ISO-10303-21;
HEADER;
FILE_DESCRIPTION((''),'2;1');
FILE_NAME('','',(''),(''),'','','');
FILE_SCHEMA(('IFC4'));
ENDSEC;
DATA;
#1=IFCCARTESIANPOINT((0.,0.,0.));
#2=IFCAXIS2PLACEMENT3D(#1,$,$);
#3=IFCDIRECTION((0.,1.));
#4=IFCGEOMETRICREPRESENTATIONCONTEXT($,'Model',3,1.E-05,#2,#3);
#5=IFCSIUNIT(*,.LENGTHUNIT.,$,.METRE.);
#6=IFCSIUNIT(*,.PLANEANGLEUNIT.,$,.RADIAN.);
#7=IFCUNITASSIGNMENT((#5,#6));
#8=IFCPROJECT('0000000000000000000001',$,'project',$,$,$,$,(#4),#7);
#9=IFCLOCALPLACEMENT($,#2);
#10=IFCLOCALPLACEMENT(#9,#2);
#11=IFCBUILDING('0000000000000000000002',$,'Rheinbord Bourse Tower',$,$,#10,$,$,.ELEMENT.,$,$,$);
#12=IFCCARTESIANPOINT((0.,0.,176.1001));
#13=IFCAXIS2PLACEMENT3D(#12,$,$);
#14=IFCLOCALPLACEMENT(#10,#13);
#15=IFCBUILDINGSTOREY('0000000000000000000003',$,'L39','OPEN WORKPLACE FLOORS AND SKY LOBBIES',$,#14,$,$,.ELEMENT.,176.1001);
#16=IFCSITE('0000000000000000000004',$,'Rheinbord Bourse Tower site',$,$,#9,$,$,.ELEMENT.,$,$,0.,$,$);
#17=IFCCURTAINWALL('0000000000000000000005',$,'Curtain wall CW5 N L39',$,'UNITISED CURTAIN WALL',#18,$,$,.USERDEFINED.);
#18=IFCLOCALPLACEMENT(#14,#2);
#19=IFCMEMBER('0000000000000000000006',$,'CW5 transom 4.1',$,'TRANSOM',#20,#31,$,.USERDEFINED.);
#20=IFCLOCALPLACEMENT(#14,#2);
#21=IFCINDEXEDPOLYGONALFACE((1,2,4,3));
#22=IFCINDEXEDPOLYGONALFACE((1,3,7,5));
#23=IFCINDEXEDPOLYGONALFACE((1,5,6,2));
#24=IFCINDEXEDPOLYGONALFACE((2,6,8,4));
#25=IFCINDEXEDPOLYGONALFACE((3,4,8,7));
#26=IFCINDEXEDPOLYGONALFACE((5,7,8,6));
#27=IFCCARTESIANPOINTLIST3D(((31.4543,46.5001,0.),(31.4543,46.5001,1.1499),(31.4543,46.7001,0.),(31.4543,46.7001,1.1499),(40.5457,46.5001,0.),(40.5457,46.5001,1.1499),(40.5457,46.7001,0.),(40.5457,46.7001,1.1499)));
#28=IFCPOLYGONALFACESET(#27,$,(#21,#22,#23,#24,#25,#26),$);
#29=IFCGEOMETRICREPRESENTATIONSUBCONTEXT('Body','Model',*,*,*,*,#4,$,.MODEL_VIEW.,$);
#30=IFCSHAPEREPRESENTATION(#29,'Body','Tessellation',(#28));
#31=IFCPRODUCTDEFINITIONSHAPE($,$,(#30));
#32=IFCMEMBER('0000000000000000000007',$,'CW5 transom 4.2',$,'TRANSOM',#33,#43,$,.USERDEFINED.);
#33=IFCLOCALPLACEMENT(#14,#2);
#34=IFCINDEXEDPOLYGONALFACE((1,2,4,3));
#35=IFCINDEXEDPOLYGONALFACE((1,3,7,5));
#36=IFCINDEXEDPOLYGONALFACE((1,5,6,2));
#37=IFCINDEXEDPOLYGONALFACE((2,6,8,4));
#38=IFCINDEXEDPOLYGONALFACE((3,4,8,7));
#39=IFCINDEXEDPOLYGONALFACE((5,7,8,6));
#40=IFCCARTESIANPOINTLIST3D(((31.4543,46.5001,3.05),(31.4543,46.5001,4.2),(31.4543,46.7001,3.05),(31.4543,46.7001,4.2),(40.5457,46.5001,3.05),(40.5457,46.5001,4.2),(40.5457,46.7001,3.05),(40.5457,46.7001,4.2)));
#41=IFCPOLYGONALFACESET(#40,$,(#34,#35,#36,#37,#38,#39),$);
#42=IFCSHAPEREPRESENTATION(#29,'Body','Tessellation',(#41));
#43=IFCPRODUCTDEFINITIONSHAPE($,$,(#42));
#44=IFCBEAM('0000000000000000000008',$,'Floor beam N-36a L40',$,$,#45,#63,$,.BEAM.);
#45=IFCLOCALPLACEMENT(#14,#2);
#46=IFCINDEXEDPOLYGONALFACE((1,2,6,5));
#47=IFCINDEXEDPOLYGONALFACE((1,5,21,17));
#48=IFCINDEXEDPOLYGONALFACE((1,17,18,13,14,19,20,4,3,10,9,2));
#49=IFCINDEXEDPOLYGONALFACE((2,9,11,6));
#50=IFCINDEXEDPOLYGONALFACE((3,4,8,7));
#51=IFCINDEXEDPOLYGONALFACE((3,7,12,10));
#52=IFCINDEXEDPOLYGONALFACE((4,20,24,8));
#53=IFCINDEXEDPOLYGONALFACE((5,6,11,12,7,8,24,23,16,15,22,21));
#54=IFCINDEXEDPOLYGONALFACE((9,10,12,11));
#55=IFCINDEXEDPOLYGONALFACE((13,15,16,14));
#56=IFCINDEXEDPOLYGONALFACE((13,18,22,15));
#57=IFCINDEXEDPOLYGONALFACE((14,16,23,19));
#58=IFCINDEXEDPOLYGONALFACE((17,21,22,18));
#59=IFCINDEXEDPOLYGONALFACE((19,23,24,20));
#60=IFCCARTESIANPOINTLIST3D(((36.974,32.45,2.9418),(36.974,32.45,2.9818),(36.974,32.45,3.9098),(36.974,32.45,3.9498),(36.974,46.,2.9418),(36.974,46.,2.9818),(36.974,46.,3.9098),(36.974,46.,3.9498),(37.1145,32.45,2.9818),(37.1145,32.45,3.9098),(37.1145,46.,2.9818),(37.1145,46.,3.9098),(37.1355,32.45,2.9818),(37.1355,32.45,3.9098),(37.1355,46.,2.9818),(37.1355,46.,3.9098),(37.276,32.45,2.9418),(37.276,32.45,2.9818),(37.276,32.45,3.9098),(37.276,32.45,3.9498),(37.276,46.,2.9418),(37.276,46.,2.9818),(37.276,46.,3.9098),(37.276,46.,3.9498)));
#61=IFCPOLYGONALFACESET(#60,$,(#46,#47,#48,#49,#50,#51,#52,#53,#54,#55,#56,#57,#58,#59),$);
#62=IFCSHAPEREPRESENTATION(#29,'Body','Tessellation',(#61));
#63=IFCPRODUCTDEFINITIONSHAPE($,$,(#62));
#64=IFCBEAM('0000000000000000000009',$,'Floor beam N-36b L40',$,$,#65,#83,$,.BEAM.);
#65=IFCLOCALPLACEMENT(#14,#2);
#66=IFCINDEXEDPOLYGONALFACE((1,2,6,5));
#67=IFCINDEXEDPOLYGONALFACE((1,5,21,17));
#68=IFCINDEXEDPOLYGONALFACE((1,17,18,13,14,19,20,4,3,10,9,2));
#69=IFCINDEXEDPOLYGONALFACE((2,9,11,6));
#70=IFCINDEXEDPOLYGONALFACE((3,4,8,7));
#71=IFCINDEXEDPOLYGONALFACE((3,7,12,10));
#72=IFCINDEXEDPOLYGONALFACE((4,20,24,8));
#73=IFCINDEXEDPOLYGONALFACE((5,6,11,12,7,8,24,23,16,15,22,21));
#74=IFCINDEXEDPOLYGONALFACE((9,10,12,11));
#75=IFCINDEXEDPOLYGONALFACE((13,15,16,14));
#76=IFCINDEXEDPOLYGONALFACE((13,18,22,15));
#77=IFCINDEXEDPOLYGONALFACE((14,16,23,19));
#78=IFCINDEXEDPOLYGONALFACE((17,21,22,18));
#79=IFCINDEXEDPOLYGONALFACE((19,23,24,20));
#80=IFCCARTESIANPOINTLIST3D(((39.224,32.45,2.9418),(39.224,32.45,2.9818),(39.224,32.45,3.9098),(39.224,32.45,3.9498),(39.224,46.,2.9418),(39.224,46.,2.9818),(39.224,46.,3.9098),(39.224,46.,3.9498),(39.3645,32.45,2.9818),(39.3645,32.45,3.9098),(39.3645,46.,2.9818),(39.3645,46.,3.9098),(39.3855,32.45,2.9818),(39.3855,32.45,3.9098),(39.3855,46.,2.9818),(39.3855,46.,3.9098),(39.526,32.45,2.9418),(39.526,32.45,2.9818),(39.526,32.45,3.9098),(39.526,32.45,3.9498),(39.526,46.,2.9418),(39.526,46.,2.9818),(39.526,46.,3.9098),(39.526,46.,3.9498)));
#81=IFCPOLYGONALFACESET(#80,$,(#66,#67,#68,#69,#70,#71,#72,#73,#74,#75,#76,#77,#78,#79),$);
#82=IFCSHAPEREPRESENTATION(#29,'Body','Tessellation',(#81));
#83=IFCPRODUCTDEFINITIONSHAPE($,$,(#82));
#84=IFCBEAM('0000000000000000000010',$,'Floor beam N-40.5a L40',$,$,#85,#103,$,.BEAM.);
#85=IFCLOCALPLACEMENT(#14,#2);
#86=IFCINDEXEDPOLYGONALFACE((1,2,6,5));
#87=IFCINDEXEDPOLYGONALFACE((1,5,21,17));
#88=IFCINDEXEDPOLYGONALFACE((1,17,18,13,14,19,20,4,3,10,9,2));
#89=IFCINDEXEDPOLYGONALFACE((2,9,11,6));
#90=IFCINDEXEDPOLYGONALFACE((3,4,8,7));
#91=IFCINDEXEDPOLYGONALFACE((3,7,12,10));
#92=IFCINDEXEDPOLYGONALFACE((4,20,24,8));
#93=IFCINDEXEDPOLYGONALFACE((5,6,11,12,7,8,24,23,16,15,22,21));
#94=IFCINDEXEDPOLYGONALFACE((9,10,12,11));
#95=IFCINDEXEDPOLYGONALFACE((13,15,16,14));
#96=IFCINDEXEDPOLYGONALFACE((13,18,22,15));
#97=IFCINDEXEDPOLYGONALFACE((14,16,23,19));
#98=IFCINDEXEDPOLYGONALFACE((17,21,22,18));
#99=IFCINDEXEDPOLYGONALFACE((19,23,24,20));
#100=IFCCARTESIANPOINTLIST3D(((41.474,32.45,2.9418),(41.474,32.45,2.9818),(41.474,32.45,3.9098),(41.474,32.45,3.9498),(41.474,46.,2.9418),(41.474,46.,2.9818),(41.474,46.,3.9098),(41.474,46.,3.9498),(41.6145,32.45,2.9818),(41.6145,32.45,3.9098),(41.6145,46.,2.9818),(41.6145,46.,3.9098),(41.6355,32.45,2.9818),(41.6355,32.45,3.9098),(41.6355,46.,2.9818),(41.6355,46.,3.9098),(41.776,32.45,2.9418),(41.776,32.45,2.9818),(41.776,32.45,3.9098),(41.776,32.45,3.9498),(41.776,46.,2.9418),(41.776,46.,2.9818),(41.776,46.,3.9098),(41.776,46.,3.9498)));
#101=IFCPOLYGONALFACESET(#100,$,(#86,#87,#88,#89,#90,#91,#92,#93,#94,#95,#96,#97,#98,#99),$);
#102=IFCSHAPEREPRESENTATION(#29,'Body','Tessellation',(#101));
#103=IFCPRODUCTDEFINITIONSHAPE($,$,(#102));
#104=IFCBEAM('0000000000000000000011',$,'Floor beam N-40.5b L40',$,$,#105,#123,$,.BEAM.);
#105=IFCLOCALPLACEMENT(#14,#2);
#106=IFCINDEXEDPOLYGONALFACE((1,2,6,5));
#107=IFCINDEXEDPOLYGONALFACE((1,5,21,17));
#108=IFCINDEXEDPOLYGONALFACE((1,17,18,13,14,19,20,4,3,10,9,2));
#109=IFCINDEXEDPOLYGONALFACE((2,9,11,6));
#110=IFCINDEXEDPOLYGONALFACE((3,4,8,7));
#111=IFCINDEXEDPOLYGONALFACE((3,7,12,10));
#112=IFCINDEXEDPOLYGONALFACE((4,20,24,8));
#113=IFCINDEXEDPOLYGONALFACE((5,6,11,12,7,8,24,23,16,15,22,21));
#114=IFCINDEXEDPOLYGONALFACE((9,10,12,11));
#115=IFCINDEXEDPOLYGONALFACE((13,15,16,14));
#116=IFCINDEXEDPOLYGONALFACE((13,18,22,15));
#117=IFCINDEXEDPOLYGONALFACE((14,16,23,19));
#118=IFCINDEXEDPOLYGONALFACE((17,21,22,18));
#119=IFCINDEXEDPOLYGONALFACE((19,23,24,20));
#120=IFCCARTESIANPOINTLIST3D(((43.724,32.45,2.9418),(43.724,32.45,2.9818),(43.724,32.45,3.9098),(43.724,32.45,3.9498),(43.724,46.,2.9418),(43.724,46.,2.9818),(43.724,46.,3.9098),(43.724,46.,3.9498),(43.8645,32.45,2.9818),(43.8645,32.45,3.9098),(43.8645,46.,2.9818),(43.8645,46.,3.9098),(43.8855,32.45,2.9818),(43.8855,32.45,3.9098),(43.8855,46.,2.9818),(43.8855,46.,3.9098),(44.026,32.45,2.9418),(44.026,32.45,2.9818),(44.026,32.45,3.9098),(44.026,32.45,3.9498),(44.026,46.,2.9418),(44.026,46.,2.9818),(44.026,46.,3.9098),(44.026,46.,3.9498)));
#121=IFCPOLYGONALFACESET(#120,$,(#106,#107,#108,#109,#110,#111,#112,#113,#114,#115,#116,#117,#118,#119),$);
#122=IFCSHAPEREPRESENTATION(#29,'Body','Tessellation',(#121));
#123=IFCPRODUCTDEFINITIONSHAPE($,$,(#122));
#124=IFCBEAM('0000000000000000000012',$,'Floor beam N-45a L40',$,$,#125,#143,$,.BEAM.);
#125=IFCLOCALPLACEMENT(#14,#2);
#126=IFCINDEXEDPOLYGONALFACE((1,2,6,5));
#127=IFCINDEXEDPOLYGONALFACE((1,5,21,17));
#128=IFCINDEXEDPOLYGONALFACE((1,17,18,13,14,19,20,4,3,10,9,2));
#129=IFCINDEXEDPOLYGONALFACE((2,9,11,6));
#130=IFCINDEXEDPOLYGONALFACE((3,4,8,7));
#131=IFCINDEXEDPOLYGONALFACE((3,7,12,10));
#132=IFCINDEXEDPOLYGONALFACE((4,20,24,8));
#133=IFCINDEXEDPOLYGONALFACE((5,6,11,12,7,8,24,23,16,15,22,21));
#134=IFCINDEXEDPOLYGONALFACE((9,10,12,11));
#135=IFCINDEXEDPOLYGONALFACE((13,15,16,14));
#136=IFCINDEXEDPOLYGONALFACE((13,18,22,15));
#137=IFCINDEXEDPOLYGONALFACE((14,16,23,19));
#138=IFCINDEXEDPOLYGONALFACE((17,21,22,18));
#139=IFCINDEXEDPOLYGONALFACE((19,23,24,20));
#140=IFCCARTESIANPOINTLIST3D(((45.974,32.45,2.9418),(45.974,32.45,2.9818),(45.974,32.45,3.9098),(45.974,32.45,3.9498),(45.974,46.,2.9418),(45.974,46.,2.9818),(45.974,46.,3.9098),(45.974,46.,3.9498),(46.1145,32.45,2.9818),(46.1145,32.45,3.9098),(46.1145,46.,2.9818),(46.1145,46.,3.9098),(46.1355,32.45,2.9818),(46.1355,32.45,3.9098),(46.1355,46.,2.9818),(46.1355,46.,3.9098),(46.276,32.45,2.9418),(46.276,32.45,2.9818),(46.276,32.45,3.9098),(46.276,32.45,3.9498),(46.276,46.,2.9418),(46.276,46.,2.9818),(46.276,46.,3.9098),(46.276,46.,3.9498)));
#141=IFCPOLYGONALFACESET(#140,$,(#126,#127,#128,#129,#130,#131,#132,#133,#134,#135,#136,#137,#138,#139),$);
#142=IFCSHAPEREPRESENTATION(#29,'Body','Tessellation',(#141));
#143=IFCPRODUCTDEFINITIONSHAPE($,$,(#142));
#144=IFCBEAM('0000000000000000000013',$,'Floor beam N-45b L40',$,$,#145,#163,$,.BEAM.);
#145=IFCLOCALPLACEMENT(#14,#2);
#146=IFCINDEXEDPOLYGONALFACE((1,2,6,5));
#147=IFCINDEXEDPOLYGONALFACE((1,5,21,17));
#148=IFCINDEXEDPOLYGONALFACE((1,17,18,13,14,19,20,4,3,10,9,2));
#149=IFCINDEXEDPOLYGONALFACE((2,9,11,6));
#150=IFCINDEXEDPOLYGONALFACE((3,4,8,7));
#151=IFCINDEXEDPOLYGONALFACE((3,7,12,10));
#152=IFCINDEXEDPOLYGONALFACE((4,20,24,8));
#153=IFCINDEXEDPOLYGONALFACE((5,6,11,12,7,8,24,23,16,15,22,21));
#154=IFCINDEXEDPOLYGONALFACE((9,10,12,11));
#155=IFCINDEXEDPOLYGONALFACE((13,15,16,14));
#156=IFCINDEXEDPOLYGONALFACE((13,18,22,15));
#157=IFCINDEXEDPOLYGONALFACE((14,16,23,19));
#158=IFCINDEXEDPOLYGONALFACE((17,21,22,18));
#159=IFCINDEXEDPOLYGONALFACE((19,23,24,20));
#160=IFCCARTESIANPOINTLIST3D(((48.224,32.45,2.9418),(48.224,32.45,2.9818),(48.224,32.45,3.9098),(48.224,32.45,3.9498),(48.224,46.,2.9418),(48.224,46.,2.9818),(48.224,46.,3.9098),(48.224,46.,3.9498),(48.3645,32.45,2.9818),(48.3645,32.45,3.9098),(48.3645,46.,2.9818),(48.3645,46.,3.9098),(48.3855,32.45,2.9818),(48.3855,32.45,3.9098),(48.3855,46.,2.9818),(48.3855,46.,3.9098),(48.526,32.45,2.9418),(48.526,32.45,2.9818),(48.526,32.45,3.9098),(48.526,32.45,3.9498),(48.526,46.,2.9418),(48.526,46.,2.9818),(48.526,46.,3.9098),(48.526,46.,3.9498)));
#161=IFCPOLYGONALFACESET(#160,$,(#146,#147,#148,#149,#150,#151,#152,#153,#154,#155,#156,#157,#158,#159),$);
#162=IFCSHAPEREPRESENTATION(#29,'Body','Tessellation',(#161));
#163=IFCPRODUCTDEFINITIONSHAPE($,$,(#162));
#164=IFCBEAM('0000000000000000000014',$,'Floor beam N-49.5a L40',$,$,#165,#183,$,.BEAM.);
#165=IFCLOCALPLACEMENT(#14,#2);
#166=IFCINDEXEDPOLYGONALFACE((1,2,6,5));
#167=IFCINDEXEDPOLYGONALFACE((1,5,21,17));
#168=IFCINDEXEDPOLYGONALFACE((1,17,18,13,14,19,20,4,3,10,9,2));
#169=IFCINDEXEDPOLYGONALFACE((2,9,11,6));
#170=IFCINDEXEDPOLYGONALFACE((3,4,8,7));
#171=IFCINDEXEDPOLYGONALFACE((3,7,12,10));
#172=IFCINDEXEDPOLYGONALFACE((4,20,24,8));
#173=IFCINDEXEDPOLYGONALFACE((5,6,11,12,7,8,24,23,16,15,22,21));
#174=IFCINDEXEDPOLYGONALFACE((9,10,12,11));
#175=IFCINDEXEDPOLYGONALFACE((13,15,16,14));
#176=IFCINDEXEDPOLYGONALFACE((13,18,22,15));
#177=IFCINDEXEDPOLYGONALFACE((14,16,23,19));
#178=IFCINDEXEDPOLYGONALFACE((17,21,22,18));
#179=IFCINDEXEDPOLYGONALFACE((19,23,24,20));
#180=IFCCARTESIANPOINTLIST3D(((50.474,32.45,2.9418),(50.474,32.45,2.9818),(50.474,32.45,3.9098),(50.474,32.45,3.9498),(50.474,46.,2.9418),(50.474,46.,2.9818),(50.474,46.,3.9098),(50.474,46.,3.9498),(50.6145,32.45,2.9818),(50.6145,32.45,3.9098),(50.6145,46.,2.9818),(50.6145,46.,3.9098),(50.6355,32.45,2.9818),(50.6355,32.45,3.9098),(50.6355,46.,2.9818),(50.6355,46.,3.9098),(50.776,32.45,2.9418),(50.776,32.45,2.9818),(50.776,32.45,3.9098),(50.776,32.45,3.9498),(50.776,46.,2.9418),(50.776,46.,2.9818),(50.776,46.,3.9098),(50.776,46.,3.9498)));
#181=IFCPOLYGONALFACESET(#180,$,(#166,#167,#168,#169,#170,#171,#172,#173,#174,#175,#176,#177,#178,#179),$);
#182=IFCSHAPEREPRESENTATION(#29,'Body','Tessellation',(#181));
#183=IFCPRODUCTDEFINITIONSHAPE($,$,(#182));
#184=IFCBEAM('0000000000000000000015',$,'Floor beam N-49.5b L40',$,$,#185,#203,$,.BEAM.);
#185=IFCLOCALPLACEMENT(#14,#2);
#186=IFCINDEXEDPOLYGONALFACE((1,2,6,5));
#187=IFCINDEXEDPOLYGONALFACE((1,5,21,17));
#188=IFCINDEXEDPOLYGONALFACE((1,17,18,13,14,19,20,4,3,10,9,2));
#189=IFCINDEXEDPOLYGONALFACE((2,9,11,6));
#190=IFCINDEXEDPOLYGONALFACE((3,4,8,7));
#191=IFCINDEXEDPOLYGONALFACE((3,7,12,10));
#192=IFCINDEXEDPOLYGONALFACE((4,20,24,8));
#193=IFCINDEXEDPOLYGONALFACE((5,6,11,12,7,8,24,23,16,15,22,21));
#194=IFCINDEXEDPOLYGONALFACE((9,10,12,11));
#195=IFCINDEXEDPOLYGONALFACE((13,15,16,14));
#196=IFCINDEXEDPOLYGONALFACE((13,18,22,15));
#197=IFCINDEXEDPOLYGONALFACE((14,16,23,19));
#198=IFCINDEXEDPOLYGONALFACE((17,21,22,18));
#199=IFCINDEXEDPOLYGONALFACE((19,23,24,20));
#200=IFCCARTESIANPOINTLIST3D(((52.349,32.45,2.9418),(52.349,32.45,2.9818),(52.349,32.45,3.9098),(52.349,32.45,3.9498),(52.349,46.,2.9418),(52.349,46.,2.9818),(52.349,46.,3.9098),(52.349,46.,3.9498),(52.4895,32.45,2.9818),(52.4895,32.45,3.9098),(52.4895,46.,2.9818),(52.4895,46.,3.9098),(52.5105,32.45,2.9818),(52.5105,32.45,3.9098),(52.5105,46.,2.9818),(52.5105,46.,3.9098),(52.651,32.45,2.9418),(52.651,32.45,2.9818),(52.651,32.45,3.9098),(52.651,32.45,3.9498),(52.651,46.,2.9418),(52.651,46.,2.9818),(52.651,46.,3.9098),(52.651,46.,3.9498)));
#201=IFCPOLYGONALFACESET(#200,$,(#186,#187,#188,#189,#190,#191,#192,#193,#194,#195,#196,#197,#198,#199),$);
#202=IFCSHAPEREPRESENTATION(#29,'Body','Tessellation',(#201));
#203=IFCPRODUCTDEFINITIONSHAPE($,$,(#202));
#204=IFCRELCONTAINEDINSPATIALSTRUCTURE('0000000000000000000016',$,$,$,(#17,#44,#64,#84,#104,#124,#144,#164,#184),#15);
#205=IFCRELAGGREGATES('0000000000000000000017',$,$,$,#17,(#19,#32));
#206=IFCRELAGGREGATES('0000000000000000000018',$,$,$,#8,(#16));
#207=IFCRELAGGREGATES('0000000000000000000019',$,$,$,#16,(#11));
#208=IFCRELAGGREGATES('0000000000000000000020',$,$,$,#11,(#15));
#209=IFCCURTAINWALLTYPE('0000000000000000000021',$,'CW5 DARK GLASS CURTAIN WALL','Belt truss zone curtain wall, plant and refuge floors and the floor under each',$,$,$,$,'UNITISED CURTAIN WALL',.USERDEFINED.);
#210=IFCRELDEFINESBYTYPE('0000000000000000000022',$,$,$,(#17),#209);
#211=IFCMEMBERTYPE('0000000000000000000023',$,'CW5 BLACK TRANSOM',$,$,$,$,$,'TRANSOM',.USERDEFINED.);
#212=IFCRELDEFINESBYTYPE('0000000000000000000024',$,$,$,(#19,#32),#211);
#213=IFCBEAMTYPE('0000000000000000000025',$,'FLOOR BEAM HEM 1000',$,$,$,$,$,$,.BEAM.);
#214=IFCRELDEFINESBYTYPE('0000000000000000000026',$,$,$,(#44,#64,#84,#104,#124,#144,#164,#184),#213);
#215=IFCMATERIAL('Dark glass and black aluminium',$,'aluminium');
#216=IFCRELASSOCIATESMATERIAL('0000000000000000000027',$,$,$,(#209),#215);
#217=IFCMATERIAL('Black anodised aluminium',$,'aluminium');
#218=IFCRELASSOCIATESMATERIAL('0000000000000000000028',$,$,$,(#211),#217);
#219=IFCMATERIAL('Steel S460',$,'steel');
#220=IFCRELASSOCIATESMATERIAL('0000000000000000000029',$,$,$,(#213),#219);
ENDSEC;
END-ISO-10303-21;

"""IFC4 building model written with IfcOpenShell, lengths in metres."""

from ifc_helpers import new_model, si_unit, direction, frame, origin, origin_2d, place, context, subcontext, project, spatial, rectangle, i_section, extrude, material, material_profile, profile_set, type_object, element, aggregate, save


model = new_model("IFC4")

# Units and contexts
model_context = context("Model", 3, precision=1e-05, world=origin(), true_north=direction((0.0, 1.0)))
body_context = subcontext(model_context, "Body", "Model", "MODEL_VIEW")
ifc_project = project(units=[si_unit("LENGTHUNIT", "METRE"), si_unit("PLANEANGLEUNIT", "RADIAN")], contexts=[model_context])

# Site, building, storey
site_placement = place(None, origin())
site = spatial("IfcSite", under=ifc_project, at=site_placement, Name="Rheinbord Bourse Tower site", CompositionType="ELEMENT", RefElevation=0.0)
building_placement = place(site_placement, origin())
building = spatial("IfcBuilding", under=site, at=building_placement, Name="Rheinbord Bourse Tower", CompositionType="ELEMENT")
storey_placement = place(building_placement, frame((0.0, 0.0, 176.1001)))
storey = spatial("IfcBuildingStorey", under=building, at=storey_placement, Name="L39", Description="OPEN WORKPLACE FLOORS AND SKY LOBBIES", CompositionType="ELEMENT", Elevation=176.1001)

# Curtain wall, members
ifc_material_1 = material(Name="Dark glass and black aluminium", Category="aluminium")
curtain_wall_type = type_object("IfcCurtainWallType", Name="CW5 DARK GLASS CURTAIN WALL", Description="Belt truss zone curtain wall, plant and refuge floors and the floor under each", ElementType="UNITISED CURTAIN WALL", PredefinedType="USERDEFINED", material=ifc_material_1)
curtain_wall_placement = place(storey_placement, origin())
curtain_wall = element("IfcCurtainWall", 1, at=curtain_wall_placement, inside=storey, type_object=curtain_wall_type, Name="Curtain wall CW5 N L39", ObjectType="UNITISED CURTAIN WALL", PredefinedType="USERDEFINED")
ifc_material_2 = material(Name="Black anodised aluminium", Category="aluminium")
ifc_material_profile_1 = material_profile(ifc_material_2, rectangle(XDim=0.2, YDim=1.1499, at=origin_2d()), Name="CW5 TRANSOM 1150x200")
ifc_profile_set_1 = profile_set([ifc_material_profile_1], Name="Black anodised aluminium")
member_type_1 = type_object("IfcMemberType", Name="CW5 BLACK TRANSOM", ElementType="TRANSOM", PredefinedType="USERDEFINED", material=ifc_profile_set_1)
member_1_placement = place(storey_placement, frame((40.5457, 46.6001, 0.575), z_axis=(-1.0, 0.0, 0.0), x_axis=(0.0, -1.0, 0.0)))
member_1 = element("IfcMember", 2, at=member_1_placement, type_object=member_type_1, Name="CW5 transom 4.1", ObjectType="TRANSOM", PredefinedType="USERDEFINED", context=body_context, shape_type="SweptSolid", body=[
    extrude(rectangle(XDim=0.2, YDim=1.1499, at=origin_2d()), origin(), (0.0, 0.0, 1.0), 9.0913),
])
member_2_placement = place(storey_placement, frame((40.5457, 46.6001, 3.625), z_axis=(-1.0, 0.0, 0.0), x_axis=(0.0, -1.0, 0.0)))
member_2 = element("IfcMember", 3, at=member_2_placement, type_object=member_type_1, Name="CW5 transom 4.2", ObjectType="TRANSOM", PredefinedType="USERDEFINED", context=body_context, shape_type="SweptSolid", body=[
    extrude(rectangle(XDim=0.2, YDim=1.1499, at=origin_2d()), origin(), (0.0, 0.0, 1.0), 9.0913),
])

# Beams
ifc_material_3 = material(Name="Steel S460", Category="steel")
ifc_material_profile_2 = material_profile(ifc_material_3, i_section(OverallWidth=0.302, OverallDepth=1.0081, WebThickness=0.021, FlangeThickness=0.04, at=origin_2d()), Name="HEM 1000")
ifc_profile_set_2 = profile_set([ifc_material_profile_2], Name="Steel S460")
beam_type_1 = type_object("IfcBeamType", Name="FLOOR BEAM HEM 1000", PredefinedType="BEAM", material=ifc_profile_set_2)
for number, where, z_axis, x_axis, name in (
    (4, (37.125, 46.0, 3.4458), (0.0, -1.0, 0.0), (1.0, 0.0, 0.0), "Floor beam N-36a L40"),
    (5, (39.375, 46.0, 3.4458), (0.0, -1.0, 0.0), (1.0, 0.0, 0.0), "Floor beam N-36b L40"),
    (6, (41.625, 46.0, 3.4458), (0.0, -1.0, 0.0), (1.0, 0.0, 0.0), "Floor beam N-40.5a L40"),
    (7, (43.875, 46.0, 3.4458), (0.0, -1.0, 0.0), (1.0, 0.0, 0.0), "Floor beam N-40.5b L40"),
    (8, (46.125, 46.0, 3.4458), (0.0, -1.0, 0.0), (1.0, 0.0, 0.0), "Floor beam N-45a L40"),
    (9, (48.375, 46.0, 3.4458), (0.0, -1.0, 0.0), (1.0, 0.0, 0.0), "Floor beam N-45b L40"),
    (10, (50.625, 46.0, 3.4458), (0.0, -1.0, 0.0), (1.0, 0.0, 0.0), "Floor beam N-49.5a L40"),
    (11, (52.5, 46.0, 3.4458), (0.0, -1.0, 0.0), (1.0, 0.0, 0.0), "Floor beam N-49.5b L40"),
):
    element("IfcBeam", number, at=place(storey_placement, frame(where, z_axis=z_axis, x_axis=x_axis)), inside=storey, type_object=beam_type_1, Name=name, PredefinedType="BEAM", context=body_context, shape_type="SweptSolid", body=[
        extrude(i_section(OverallWidth=0.302, OverallDepth=1.0081, WebThickness=0.021, FlangeThickness=0.04, at=origin_2d()), origin(), (0.0, 0.0, 1.0), 13.55),
    ])

aggregate(curtain_wall, [member_1, member_2])

save(model, "model.ifc")
